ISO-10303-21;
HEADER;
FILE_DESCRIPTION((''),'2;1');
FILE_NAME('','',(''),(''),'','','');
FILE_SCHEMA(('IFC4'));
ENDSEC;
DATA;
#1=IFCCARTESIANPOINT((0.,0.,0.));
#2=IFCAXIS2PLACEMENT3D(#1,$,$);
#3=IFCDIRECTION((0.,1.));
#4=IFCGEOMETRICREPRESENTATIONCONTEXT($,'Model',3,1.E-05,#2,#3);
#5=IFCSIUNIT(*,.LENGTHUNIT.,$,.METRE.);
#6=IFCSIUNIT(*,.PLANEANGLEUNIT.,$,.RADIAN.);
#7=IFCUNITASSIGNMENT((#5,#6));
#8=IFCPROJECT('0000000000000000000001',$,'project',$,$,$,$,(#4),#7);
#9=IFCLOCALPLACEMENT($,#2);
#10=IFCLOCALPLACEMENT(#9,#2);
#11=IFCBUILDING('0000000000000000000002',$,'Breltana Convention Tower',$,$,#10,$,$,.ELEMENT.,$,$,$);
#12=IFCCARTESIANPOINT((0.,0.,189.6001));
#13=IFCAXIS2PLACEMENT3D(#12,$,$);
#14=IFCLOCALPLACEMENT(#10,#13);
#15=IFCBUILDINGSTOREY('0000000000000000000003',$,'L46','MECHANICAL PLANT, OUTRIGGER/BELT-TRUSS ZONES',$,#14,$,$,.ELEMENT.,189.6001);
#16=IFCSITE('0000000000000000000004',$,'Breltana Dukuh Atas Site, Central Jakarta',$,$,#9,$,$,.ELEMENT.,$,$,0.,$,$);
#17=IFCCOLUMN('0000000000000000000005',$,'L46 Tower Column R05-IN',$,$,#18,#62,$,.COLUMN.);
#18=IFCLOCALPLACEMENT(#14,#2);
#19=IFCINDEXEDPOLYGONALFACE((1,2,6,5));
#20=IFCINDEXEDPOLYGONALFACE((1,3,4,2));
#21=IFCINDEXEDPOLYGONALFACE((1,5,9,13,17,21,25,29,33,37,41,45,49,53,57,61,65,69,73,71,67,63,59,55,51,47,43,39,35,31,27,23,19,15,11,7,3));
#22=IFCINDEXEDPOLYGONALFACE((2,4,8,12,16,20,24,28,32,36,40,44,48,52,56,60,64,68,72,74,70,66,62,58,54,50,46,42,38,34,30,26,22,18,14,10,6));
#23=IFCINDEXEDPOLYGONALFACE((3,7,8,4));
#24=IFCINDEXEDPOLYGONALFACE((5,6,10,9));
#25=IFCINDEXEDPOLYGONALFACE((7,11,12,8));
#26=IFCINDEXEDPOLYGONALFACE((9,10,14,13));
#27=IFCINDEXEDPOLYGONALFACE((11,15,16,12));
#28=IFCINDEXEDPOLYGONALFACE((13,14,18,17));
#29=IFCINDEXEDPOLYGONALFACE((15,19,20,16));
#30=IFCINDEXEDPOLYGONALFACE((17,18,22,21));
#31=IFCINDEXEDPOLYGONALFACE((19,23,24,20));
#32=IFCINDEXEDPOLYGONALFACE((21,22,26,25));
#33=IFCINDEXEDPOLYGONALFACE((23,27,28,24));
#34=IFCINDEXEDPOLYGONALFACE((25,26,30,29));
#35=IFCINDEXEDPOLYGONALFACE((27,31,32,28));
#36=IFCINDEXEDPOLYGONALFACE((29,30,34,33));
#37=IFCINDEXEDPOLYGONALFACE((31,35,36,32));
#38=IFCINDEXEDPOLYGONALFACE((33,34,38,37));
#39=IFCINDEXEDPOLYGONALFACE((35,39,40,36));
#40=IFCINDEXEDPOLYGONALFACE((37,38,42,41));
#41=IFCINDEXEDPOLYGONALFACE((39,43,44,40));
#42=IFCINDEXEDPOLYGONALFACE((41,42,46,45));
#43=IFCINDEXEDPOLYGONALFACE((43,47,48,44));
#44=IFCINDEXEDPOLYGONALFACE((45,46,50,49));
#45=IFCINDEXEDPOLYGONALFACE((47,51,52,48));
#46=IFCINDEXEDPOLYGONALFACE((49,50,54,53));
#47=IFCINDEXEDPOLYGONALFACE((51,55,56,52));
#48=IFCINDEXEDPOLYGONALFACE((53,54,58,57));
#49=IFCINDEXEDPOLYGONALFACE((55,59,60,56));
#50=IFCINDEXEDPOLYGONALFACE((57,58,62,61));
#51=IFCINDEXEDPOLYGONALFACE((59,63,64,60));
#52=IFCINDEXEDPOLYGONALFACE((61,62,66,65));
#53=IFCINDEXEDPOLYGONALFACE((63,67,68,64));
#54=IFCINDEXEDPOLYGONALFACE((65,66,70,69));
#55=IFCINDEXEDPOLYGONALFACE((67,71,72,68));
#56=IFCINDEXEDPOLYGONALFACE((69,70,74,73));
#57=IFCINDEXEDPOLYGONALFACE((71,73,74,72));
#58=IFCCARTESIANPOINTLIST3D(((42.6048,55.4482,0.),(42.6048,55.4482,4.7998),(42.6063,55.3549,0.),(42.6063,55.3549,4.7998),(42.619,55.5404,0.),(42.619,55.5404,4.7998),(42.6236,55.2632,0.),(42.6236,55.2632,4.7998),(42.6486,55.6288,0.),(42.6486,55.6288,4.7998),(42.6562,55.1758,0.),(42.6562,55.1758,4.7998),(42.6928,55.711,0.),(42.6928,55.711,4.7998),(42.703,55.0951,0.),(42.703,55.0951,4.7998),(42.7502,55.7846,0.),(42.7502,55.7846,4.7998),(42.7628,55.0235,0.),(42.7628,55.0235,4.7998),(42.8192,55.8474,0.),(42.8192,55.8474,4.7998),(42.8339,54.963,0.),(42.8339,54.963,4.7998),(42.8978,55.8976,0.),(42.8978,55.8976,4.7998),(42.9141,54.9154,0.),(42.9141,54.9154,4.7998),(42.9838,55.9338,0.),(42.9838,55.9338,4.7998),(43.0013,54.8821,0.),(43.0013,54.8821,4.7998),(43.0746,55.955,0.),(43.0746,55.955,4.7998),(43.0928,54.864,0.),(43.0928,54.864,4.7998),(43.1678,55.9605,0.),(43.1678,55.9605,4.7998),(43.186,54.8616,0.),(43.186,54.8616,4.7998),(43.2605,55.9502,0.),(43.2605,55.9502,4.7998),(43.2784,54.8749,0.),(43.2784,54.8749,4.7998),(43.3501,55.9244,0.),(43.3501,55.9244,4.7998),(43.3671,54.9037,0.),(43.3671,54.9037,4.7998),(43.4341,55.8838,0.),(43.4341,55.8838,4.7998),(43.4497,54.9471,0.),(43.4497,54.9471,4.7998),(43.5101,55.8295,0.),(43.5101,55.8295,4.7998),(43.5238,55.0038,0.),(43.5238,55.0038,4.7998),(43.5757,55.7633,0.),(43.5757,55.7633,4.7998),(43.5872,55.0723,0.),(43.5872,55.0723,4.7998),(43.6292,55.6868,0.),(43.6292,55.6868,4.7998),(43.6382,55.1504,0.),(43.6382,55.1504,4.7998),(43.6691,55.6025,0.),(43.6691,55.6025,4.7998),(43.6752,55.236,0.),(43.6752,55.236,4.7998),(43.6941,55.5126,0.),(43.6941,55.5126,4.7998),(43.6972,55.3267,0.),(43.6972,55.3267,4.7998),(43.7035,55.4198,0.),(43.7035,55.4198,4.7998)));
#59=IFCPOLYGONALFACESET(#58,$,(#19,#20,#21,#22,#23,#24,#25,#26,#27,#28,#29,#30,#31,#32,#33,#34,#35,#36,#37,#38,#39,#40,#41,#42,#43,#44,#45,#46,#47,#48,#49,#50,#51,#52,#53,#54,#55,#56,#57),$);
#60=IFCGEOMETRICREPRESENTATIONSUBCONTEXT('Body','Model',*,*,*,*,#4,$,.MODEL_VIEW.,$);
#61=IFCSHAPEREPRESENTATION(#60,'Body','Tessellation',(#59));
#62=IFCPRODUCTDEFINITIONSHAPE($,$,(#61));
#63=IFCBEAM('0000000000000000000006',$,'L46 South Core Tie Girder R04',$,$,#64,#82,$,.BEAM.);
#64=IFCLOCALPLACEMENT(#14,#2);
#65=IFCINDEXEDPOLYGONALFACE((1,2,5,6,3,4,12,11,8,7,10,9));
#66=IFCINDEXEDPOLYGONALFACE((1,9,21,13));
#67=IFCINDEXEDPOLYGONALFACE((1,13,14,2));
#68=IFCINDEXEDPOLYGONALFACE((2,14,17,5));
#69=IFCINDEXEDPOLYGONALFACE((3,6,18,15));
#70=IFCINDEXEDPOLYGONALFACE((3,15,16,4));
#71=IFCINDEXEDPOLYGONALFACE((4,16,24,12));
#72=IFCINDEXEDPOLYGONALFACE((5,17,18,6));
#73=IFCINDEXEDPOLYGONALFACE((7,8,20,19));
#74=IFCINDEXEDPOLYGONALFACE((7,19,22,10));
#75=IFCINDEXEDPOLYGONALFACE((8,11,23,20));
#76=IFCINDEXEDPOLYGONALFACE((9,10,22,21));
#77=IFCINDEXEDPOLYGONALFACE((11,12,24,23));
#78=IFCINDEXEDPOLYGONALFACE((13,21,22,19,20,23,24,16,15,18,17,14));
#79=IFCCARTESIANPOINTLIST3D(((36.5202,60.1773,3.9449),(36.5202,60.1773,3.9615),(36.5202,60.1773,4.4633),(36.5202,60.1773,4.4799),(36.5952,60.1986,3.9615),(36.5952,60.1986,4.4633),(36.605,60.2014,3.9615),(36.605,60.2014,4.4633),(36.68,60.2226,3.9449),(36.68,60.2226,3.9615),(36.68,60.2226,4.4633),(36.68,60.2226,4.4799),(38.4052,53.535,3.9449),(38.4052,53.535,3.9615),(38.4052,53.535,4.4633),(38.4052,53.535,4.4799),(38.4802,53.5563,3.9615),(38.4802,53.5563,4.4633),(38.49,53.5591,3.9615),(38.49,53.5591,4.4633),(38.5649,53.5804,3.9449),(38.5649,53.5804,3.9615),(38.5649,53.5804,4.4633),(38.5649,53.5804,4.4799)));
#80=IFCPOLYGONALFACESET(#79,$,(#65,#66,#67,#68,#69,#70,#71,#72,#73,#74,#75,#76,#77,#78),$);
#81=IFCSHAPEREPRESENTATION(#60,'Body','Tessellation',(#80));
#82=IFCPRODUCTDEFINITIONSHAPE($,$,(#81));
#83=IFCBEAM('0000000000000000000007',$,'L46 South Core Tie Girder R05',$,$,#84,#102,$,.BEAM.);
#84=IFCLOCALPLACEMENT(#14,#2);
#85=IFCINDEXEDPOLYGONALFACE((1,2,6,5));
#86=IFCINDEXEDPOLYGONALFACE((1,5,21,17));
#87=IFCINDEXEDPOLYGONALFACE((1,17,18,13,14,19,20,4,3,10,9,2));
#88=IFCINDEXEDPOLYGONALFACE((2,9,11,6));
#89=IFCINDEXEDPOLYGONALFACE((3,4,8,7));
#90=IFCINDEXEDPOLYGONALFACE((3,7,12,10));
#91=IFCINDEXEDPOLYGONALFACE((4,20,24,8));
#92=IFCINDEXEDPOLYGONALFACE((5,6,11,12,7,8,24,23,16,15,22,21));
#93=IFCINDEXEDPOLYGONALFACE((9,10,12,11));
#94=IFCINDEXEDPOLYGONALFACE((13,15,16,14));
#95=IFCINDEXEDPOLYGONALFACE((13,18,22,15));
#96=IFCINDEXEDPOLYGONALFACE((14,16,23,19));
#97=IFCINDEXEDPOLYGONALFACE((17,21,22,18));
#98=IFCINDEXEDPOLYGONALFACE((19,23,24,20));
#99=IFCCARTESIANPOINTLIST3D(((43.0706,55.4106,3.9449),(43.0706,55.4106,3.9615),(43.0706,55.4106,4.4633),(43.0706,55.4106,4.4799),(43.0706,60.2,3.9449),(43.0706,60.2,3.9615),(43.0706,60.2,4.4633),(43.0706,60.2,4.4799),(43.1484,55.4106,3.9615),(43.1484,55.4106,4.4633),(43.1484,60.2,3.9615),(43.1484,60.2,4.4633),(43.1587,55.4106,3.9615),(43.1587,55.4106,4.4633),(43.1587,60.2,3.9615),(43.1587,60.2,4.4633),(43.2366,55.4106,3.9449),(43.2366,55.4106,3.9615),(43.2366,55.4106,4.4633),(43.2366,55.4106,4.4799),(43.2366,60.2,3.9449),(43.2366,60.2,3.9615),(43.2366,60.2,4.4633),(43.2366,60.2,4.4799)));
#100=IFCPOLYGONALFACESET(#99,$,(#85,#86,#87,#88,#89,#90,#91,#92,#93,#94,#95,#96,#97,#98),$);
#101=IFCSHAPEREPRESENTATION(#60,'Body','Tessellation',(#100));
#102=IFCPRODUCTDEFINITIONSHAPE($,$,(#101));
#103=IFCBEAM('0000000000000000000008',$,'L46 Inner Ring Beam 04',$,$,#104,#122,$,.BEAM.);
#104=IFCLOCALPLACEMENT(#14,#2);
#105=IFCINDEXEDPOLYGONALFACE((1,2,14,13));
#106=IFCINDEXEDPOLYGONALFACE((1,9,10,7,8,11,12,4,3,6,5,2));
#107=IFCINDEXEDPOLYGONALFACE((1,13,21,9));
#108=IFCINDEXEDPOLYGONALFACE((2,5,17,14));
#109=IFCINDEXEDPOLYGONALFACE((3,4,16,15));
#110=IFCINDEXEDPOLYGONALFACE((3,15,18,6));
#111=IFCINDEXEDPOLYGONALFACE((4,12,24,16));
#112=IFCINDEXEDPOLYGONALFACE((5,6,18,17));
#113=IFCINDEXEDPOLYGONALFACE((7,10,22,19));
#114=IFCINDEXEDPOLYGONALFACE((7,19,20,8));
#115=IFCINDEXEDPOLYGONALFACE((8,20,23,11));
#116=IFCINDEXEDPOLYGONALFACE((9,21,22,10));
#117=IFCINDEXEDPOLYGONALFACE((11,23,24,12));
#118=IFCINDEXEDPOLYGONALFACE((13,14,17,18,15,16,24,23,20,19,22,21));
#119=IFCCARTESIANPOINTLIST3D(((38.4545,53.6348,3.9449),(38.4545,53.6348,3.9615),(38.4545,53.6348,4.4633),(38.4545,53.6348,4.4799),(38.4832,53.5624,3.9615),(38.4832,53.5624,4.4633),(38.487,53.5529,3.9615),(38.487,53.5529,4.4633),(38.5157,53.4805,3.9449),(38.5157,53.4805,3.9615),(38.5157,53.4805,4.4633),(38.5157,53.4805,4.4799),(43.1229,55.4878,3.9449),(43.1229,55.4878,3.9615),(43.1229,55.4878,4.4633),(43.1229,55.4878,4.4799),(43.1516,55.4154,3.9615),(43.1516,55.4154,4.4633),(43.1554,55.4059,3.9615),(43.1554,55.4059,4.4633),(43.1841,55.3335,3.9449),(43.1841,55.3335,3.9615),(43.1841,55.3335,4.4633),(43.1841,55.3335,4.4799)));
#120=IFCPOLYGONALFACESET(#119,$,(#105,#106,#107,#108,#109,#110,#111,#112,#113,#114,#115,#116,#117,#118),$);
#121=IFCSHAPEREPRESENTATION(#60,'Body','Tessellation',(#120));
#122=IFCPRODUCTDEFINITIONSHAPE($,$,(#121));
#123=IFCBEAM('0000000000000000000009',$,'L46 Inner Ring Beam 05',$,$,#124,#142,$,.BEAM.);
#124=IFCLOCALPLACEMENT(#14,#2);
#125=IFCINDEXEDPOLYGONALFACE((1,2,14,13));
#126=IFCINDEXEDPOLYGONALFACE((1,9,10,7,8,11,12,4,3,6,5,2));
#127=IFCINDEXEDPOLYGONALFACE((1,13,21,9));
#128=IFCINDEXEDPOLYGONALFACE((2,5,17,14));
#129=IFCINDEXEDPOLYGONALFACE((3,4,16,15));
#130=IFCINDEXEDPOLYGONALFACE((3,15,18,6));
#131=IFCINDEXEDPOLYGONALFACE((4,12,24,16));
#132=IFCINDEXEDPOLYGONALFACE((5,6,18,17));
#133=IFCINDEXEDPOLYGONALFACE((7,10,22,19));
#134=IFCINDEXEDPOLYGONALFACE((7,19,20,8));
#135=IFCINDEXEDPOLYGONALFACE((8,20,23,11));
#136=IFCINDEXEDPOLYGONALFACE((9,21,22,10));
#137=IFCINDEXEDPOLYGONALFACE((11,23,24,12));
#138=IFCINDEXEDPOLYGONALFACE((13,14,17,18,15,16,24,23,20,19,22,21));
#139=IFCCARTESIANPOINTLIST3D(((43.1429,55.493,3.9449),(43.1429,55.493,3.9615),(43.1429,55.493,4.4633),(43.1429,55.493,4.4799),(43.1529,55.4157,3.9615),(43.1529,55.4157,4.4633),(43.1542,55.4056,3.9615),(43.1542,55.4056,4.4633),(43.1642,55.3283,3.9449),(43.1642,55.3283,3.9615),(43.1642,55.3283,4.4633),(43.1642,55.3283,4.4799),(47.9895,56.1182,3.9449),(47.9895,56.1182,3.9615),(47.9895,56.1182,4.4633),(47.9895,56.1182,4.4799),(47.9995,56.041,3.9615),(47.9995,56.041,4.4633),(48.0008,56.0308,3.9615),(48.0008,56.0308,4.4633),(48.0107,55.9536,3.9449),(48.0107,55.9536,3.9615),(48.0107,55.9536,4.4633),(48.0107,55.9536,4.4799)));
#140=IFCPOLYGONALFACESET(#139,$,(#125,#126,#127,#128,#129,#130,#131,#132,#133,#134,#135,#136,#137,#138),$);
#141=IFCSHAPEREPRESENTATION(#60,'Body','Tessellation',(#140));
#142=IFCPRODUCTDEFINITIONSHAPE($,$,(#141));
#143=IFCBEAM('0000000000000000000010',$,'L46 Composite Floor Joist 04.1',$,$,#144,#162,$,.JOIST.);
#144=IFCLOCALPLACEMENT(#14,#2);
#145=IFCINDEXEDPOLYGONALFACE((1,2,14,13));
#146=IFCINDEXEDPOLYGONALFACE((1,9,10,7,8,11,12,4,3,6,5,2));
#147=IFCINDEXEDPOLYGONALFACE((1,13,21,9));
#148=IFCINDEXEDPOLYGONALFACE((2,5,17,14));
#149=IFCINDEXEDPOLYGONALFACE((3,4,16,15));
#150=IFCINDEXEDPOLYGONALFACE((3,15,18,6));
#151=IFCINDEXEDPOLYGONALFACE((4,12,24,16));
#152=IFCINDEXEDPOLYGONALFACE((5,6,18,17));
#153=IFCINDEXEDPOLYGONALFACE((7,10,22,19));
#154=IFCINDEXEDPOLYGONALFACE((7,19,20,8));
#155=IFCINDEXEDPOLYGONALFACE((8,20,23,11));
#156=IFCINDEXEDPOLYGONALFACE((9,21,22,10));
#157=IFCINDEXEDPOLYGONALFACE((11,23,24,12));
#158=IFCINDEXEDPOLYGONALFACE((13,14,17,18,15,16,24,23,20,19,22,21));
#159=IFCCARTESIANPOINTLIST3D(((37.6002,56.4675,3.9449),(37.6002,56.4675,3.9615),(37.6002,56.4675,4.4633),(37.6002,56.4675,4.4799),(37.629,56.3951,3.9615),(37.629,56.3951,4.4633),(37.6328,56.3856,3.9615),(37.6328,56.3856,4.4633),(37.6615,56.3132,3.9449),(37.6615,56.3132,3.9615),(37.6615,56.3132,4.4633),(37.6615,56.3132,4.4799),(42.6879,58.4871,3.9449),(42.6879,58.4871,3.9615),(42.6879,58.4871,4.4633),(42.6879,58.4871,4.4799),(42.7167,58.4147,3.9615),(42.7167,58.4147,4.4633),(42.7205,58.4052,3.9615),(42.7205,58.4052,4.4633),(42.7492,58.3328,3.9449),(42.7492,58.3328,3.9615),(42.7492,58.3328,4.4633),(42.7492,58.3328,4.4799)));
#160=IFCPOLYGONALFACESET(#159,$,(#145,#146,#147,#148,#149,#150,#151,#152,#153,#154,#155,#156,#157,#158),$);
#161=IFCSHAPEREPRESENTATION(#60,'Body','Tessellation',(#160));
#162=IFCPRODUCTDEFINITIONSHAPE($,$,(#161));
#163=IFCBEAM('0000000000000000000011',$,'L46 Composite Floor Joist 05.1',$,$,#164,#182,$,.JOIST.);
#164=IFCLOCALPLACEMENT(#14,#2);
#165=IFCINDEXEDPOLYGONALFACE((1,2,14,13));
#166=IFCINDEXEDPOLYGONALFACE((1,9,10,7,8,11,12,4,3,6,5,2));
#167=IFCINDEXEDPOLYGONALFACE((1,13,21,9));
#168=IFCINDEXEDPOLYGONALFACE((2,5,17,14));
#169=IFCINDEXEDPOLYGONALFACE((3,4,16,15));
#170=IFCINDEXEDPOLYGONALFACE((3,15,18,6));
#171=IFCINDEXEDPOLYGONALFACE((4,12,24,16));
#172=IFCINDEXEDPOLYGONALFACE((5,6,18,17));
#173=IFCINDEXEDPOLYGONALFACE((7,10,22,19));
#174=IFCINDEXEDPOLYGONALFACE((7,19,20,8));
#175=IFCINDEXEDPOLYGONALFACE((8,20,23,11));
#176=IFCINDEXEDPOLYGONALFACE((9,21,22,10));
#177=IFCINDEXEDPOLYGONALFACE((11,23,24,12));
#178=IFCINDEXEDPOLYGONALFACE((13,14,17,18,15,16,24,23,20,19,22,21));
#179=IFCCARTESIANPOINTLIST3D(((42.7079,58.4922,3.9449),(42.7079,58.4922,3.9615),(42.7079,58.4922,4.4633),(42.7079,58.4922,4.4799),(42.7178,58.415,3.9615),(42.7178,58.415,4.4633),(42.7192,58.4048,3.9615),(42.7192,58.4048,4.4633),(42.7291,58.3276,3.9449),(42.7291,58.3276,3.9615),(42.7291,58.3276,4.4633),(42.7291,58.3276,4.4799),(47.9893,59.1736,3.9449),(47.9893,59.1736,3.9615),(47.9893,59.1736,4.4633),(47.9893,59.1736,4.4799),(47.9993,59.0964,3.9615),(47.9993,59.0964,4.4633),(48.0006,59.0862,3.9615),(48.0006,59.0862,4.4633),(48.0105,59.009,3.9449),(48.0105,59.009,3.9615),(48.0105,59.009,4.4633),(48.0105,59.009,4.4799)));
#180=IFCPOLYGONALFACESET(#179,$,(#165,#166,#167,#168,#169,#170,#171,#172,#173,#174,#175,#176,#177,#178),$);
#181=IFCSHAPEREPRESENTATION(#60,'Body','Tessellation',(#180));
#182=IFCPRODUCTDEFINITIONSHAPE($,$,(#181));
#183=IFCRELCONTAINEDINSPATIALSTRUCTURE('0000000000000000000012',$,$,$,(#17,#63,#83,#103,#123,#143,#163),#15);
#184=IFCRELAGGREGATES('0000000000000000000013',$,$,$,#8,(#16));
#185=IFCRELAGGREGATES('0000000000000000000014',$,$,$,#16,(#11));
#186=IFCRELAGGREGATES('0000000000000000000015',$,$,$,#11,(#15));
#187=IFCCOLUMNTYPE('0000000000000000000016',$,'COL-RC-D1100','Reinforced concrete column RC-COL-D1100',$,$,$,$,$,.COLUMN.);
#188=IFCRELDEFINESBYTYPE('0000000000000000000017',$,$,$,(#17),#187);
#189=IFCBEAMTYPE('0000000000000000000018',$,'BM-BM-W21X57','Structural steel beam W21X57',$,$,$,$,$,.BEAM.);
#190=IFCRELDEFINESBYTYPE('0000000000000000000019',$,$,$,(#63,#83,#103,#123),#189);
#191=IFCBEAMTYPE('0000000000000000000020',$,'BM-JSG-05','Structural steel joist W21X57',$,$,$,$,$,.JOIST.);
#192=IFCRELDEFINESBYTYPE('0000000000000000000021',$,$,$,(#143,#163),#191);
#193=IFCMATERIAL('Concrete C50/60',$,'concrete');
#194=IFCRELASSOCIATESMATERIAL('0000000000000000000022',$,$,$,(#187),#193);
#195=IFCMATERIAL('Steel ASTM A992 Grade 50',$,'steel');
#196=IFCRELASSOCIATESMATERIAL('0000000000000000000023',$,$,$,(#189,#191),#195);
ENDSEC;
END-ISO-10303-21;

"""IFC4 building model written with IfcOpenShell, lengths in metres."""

from ifc_helpers import new_model, si_unit, direction, frame, origin, origin_2d, place, context, subcontext, project, spatial, circle, i_section, extrude, source, transform, mapped, material, material_profile, profile_set, type_object, type_shapes, element, save


model = new_model("IFC4")

# Units and contexts
model_context = context("Model", 3, precision=1e-05, world=origin(), true_north=direction((0.0, 1.0)))
body_context = subcontext(model_context, "Body", "Model", "MODEL_VIEW")
ifc_project = project(units=[si_unit("LENGTHUNIT", "METRE"), si_unit("PLANEANGLEUNIT", "RADIAN")], contexts=[model_context])

# Site, building, storey
site_placement = place(None, origin())
site = spatial("IfcSite", under=ifc_project, at=site_placement, Name="Breltana Dukuh Atas Site, Central Jakarta", CompositionType="ELEMENT", RefElevation=0.0)
building_placement = place(site_placement, origin())
building = spatial("IfcBuilding", under=site, at=building_placement, Name="Breltana Convention Tower", CompositionType="ELEMENT")
storey_placement = place(building_placement, frame((0.0, 0.0, 189.6001)))
storey = spatial("IfcBuildingStorey", under=building, at=storey_placement, Name="L46", Description="MECHANICAL PLANT, OUTRIGGER/BELT-TRUSS ZONES", CompositionType="ELEMENT", Elevation=189.6001)

# Column
ifc_material_1 = material(Name="Concrete C50/60", Category="concrete")
ifc_material_profile_1 = material_profile(ifc_material_1, circle(Radius=0.55, at=origin_2d()), Name="RC-COL-D1100")
ifc_profile_set_1 = profile_set([ifc_material_profile_1], Name="Concrete C50/60")
column_type = type_object("IfcColumnType", Name="COL-RC-D1100", Description="Reinforced concrete column RC-COL-D1100", PredefinedType="COLUMN", material=ifc_profile_set_1)
shared_shape_1 = source(origin(), body_context, "Body", "SweptSolid", [
    extrude(circle(Radius=0.55, at=origin_2d()), origin(), (0.0, 0.0, 1.0), 4.7998),
])
for number, where, z_axis, x_axis, name in (
    (1, (43.1536, 55.4106, 0.0), (0.0, 0.0, 1.0), (-0.143493, 0.989651, 0.0), "L46 Tower Column R05-IN"),
):
    element("IfcColumn", number, at=place(storey_placement, frame(where, z_axis=z_axis, x_axis=x_axis)), inside=storey, type_object=column_type, Name=name, PredefinedType="COLUMN", context=body_context, shape_type="MappedRepresentation", body=[
        mapped(shared_shape_1, transform((0.0, 0.0, 0.0), scale=1.0)),
    ])

# Beams
ifc_material_2 = material(Name="Steel ASTM A992 Grade 50", Category="steel")
ifc_material_profile_2 = material_profile(ifc_material_2, i_section(OverallWidth=0.166, OverallDepth=0.5349, WebThickness=0.0103, FlangeThickness=0.0166, at=origin_2d()), Name="W21X57")
ifc_profile_set_2 = profile_set([ifc_material_profile_2], Name="Steel ASTM A992 Grade 50")
beam_type_1 = type_object("IfcBeamType", Name="BM-BM-W21X57", Description="Structural steel beam W21X57", PredefinedType="BEAM", material=ifc_profile_set_2)
shared_shape_2 = source(origin(), body_context, "Body", "SweptSolid", [
    extrude(i_section(OverallWidth=0.166, OverallDepth=0.5349, WebThickness=0.0103, FlangeThickness=0.0166, at=origin_2d()), origin(), (0.0, 0.0, 1.0), 6.9045),
])
type_shapes(beam_type_1, [shared_shape_2])
beam_1_placement = place(storey_placement, frame((36.6001, 60.2, 4.2124), z_axis=(0.273007, -0.962012, 0.0), x_axis=(0.962012, 0.273007, 0.0)))
element("IfcBeam", 2, at=beam_1_placement, inside=storey, type_object=beam_type_1, Name="L46 South Core Tie Girder R04", PredefinedType="BEAM", context=body_context, shape_type="MappedRepresentation", body=[
    mapped(shared_shape_2, transform((0.0, 0.0, 0.0), scale=1.0)),
])
shared_shape_3 = source(origin(), body_context, "Body", "SweptSolid", [
    extrude(i_section(OverallWidth=0.166, OverallDepth=0.5349, WebThickness=0.0103, FlangeThickness=0.0166, at=origin_2d()), origin(), (0.0, 0.0, 1.0), 4.7893),
])
beam_2_placement = place(storey_placement, frame((43.1536, 60.2, 4.2124), z_axis=(0.0, -1.0, 0.0), x_axis=(1.0, 0.0, 0.0)))
element("IfcBeam", 3, at=beam_2_placement, inside=storey, type_object=beam_type_1, Name="L46 South Core Tie Girder R05", PredefinedType="BEAM", context=body_context, shape_type="MappedRepresentation", body=[
    mapped(shared_shape_3, transform((0.0, 0.0, 0.0), scale=1.0)),
])
shared_shape_4 = source(origin(), body_context, "Body", "SweptSolid", [
    extrude(i_section(OverallWidth=0.166, OverallDepth=0.5349, WebThickness=0.0103, FlangeThickness=0.0166, at=origin_2d()), origin(), (0.0, 0.0, 1.0), 5.0227),
])
beam_3_placement = place(storey_placement, frame((38.4851, 53.5576, 4.2124), z_axis=(0.929459, 0.368926, 0.0), x_axis=(-0.368926, 0.929459, 0.0)))
element("IfcBeam", 4, at=beam_3_placement, inside=storey, type_object=beam_type_1, Name="L46 Inner Ring Beam 04", PredefinedType="BEAM", context=body_context, shape_type="MappedRepresentation", body=[
    mapped(shared_shape_4, transform((0.0, 0.0, 0.0), scale=1.0)),
])
shared_shape_5 = source(origin(), body_context, "Body", "SweptSolid", [
    extrude(i_section(OverallWidth=0.166, OverallDepth=0.5349, WebThickness=0.0103, FlangeThickness=0.0166, at=origin_2d()), origin(), (0.0, 0.0, 1.0), 4.8867),
])
beam_4_placement = place(storey_placement, frame((43.1536, 55.4106, 4.2124), z_axis=(0.991781, 0.127951, 0.0), x_axis=(-0.127951, 0.991781, 0.0)))
element("IfcBeam", 5, at=beam_4_placement, inside=storey, type_object=beam_type_1, Name="L46 Inner Ring Beam 05", PredefinedType="BEAM", context=body_context, shape_type="MappedRepresentation", body=[
    mapped(shared_shape_5, transform((0.0, 0.0, 0.0), scale=1.0)),
])
ifc_material_profile_3 = material_profile(ifc_material_2, i_section(OverallWidth=0.166, OverallDepth=0.5349, WebThickness=0.0103, FlangeThickness=0.0166, at=origin_2d()), Name="W21X57")
ifc_profile_set_3 = profile_set([ifc_material_profile_3], Name="Steel ASTM A992 Grade 50")
beam_type_2 = type_object("IfcBeamType", Name="BM-JSG-05", Description="Structural steel joist W21X57", PredefinedType="JOIST", material=ifc_profile_set_3)
shared_shape_6 = source(origin(), body_context, "Body", "SweptSolid", [
    extrude(i_section(OverallWidth=0.166, OverallDepth=0.5349, WebThickness=0.0103, FlangeThickness=0.0166, at=origin_2d()), origin(), (0.0, 0.0, 1.0), 5.4739),
])
beam_5_placement = place(storey_placement, frame((37.6309, 56.3904, 4.2124), z_axis=(0.929452, 0.368944, 0.0), x_axis=(-0.368944, 0.929452, 0.0)))
element("IfcBeam", 6, at=beam_5_placement, inside=storey, type_object=beam_type_2, Name="L46 Composite Floor Joist 04.1", PredefinedType="JOIST", context=body_context, shape_type="MappedRepresentation", body=[
    mapped(shared_shape_6, transform((0.0, 0.0, 0.0), scale=1.0)),
])
shared_shape_7 = source(origin(), body_context, "Body", "SweptSolid", [
    extrude(i_section(OverallWidth=0.166, OverallDepth=0.5349, WebThickness=0.0103, FlangeThickness=0.0166, at=origin_2d()), origin(), (0.0, 0.0, 1.0), 5.3252),
])
beam_6_placement = place(storey_placement, frame((42.7185, 58.4099, 4.2124), z_axis=(0.99178, 0.127955, 0.0), x_axis=(-0.127955, 0.99178, 0.0)))
element("IfcBeam", 7, at=beam_6_placement, inside=storey, type_object=beam_type_2, Name="L46 Composite Floor Joist 05.1", PredefinedType="JOIST", context=body_context, shape_type="MappedRepresentation", body=[
    mapped(shared_shape_7, transform((0.0, 0.0, 0.0), scale=1.0)),
])

save(model, "model.ifc")
